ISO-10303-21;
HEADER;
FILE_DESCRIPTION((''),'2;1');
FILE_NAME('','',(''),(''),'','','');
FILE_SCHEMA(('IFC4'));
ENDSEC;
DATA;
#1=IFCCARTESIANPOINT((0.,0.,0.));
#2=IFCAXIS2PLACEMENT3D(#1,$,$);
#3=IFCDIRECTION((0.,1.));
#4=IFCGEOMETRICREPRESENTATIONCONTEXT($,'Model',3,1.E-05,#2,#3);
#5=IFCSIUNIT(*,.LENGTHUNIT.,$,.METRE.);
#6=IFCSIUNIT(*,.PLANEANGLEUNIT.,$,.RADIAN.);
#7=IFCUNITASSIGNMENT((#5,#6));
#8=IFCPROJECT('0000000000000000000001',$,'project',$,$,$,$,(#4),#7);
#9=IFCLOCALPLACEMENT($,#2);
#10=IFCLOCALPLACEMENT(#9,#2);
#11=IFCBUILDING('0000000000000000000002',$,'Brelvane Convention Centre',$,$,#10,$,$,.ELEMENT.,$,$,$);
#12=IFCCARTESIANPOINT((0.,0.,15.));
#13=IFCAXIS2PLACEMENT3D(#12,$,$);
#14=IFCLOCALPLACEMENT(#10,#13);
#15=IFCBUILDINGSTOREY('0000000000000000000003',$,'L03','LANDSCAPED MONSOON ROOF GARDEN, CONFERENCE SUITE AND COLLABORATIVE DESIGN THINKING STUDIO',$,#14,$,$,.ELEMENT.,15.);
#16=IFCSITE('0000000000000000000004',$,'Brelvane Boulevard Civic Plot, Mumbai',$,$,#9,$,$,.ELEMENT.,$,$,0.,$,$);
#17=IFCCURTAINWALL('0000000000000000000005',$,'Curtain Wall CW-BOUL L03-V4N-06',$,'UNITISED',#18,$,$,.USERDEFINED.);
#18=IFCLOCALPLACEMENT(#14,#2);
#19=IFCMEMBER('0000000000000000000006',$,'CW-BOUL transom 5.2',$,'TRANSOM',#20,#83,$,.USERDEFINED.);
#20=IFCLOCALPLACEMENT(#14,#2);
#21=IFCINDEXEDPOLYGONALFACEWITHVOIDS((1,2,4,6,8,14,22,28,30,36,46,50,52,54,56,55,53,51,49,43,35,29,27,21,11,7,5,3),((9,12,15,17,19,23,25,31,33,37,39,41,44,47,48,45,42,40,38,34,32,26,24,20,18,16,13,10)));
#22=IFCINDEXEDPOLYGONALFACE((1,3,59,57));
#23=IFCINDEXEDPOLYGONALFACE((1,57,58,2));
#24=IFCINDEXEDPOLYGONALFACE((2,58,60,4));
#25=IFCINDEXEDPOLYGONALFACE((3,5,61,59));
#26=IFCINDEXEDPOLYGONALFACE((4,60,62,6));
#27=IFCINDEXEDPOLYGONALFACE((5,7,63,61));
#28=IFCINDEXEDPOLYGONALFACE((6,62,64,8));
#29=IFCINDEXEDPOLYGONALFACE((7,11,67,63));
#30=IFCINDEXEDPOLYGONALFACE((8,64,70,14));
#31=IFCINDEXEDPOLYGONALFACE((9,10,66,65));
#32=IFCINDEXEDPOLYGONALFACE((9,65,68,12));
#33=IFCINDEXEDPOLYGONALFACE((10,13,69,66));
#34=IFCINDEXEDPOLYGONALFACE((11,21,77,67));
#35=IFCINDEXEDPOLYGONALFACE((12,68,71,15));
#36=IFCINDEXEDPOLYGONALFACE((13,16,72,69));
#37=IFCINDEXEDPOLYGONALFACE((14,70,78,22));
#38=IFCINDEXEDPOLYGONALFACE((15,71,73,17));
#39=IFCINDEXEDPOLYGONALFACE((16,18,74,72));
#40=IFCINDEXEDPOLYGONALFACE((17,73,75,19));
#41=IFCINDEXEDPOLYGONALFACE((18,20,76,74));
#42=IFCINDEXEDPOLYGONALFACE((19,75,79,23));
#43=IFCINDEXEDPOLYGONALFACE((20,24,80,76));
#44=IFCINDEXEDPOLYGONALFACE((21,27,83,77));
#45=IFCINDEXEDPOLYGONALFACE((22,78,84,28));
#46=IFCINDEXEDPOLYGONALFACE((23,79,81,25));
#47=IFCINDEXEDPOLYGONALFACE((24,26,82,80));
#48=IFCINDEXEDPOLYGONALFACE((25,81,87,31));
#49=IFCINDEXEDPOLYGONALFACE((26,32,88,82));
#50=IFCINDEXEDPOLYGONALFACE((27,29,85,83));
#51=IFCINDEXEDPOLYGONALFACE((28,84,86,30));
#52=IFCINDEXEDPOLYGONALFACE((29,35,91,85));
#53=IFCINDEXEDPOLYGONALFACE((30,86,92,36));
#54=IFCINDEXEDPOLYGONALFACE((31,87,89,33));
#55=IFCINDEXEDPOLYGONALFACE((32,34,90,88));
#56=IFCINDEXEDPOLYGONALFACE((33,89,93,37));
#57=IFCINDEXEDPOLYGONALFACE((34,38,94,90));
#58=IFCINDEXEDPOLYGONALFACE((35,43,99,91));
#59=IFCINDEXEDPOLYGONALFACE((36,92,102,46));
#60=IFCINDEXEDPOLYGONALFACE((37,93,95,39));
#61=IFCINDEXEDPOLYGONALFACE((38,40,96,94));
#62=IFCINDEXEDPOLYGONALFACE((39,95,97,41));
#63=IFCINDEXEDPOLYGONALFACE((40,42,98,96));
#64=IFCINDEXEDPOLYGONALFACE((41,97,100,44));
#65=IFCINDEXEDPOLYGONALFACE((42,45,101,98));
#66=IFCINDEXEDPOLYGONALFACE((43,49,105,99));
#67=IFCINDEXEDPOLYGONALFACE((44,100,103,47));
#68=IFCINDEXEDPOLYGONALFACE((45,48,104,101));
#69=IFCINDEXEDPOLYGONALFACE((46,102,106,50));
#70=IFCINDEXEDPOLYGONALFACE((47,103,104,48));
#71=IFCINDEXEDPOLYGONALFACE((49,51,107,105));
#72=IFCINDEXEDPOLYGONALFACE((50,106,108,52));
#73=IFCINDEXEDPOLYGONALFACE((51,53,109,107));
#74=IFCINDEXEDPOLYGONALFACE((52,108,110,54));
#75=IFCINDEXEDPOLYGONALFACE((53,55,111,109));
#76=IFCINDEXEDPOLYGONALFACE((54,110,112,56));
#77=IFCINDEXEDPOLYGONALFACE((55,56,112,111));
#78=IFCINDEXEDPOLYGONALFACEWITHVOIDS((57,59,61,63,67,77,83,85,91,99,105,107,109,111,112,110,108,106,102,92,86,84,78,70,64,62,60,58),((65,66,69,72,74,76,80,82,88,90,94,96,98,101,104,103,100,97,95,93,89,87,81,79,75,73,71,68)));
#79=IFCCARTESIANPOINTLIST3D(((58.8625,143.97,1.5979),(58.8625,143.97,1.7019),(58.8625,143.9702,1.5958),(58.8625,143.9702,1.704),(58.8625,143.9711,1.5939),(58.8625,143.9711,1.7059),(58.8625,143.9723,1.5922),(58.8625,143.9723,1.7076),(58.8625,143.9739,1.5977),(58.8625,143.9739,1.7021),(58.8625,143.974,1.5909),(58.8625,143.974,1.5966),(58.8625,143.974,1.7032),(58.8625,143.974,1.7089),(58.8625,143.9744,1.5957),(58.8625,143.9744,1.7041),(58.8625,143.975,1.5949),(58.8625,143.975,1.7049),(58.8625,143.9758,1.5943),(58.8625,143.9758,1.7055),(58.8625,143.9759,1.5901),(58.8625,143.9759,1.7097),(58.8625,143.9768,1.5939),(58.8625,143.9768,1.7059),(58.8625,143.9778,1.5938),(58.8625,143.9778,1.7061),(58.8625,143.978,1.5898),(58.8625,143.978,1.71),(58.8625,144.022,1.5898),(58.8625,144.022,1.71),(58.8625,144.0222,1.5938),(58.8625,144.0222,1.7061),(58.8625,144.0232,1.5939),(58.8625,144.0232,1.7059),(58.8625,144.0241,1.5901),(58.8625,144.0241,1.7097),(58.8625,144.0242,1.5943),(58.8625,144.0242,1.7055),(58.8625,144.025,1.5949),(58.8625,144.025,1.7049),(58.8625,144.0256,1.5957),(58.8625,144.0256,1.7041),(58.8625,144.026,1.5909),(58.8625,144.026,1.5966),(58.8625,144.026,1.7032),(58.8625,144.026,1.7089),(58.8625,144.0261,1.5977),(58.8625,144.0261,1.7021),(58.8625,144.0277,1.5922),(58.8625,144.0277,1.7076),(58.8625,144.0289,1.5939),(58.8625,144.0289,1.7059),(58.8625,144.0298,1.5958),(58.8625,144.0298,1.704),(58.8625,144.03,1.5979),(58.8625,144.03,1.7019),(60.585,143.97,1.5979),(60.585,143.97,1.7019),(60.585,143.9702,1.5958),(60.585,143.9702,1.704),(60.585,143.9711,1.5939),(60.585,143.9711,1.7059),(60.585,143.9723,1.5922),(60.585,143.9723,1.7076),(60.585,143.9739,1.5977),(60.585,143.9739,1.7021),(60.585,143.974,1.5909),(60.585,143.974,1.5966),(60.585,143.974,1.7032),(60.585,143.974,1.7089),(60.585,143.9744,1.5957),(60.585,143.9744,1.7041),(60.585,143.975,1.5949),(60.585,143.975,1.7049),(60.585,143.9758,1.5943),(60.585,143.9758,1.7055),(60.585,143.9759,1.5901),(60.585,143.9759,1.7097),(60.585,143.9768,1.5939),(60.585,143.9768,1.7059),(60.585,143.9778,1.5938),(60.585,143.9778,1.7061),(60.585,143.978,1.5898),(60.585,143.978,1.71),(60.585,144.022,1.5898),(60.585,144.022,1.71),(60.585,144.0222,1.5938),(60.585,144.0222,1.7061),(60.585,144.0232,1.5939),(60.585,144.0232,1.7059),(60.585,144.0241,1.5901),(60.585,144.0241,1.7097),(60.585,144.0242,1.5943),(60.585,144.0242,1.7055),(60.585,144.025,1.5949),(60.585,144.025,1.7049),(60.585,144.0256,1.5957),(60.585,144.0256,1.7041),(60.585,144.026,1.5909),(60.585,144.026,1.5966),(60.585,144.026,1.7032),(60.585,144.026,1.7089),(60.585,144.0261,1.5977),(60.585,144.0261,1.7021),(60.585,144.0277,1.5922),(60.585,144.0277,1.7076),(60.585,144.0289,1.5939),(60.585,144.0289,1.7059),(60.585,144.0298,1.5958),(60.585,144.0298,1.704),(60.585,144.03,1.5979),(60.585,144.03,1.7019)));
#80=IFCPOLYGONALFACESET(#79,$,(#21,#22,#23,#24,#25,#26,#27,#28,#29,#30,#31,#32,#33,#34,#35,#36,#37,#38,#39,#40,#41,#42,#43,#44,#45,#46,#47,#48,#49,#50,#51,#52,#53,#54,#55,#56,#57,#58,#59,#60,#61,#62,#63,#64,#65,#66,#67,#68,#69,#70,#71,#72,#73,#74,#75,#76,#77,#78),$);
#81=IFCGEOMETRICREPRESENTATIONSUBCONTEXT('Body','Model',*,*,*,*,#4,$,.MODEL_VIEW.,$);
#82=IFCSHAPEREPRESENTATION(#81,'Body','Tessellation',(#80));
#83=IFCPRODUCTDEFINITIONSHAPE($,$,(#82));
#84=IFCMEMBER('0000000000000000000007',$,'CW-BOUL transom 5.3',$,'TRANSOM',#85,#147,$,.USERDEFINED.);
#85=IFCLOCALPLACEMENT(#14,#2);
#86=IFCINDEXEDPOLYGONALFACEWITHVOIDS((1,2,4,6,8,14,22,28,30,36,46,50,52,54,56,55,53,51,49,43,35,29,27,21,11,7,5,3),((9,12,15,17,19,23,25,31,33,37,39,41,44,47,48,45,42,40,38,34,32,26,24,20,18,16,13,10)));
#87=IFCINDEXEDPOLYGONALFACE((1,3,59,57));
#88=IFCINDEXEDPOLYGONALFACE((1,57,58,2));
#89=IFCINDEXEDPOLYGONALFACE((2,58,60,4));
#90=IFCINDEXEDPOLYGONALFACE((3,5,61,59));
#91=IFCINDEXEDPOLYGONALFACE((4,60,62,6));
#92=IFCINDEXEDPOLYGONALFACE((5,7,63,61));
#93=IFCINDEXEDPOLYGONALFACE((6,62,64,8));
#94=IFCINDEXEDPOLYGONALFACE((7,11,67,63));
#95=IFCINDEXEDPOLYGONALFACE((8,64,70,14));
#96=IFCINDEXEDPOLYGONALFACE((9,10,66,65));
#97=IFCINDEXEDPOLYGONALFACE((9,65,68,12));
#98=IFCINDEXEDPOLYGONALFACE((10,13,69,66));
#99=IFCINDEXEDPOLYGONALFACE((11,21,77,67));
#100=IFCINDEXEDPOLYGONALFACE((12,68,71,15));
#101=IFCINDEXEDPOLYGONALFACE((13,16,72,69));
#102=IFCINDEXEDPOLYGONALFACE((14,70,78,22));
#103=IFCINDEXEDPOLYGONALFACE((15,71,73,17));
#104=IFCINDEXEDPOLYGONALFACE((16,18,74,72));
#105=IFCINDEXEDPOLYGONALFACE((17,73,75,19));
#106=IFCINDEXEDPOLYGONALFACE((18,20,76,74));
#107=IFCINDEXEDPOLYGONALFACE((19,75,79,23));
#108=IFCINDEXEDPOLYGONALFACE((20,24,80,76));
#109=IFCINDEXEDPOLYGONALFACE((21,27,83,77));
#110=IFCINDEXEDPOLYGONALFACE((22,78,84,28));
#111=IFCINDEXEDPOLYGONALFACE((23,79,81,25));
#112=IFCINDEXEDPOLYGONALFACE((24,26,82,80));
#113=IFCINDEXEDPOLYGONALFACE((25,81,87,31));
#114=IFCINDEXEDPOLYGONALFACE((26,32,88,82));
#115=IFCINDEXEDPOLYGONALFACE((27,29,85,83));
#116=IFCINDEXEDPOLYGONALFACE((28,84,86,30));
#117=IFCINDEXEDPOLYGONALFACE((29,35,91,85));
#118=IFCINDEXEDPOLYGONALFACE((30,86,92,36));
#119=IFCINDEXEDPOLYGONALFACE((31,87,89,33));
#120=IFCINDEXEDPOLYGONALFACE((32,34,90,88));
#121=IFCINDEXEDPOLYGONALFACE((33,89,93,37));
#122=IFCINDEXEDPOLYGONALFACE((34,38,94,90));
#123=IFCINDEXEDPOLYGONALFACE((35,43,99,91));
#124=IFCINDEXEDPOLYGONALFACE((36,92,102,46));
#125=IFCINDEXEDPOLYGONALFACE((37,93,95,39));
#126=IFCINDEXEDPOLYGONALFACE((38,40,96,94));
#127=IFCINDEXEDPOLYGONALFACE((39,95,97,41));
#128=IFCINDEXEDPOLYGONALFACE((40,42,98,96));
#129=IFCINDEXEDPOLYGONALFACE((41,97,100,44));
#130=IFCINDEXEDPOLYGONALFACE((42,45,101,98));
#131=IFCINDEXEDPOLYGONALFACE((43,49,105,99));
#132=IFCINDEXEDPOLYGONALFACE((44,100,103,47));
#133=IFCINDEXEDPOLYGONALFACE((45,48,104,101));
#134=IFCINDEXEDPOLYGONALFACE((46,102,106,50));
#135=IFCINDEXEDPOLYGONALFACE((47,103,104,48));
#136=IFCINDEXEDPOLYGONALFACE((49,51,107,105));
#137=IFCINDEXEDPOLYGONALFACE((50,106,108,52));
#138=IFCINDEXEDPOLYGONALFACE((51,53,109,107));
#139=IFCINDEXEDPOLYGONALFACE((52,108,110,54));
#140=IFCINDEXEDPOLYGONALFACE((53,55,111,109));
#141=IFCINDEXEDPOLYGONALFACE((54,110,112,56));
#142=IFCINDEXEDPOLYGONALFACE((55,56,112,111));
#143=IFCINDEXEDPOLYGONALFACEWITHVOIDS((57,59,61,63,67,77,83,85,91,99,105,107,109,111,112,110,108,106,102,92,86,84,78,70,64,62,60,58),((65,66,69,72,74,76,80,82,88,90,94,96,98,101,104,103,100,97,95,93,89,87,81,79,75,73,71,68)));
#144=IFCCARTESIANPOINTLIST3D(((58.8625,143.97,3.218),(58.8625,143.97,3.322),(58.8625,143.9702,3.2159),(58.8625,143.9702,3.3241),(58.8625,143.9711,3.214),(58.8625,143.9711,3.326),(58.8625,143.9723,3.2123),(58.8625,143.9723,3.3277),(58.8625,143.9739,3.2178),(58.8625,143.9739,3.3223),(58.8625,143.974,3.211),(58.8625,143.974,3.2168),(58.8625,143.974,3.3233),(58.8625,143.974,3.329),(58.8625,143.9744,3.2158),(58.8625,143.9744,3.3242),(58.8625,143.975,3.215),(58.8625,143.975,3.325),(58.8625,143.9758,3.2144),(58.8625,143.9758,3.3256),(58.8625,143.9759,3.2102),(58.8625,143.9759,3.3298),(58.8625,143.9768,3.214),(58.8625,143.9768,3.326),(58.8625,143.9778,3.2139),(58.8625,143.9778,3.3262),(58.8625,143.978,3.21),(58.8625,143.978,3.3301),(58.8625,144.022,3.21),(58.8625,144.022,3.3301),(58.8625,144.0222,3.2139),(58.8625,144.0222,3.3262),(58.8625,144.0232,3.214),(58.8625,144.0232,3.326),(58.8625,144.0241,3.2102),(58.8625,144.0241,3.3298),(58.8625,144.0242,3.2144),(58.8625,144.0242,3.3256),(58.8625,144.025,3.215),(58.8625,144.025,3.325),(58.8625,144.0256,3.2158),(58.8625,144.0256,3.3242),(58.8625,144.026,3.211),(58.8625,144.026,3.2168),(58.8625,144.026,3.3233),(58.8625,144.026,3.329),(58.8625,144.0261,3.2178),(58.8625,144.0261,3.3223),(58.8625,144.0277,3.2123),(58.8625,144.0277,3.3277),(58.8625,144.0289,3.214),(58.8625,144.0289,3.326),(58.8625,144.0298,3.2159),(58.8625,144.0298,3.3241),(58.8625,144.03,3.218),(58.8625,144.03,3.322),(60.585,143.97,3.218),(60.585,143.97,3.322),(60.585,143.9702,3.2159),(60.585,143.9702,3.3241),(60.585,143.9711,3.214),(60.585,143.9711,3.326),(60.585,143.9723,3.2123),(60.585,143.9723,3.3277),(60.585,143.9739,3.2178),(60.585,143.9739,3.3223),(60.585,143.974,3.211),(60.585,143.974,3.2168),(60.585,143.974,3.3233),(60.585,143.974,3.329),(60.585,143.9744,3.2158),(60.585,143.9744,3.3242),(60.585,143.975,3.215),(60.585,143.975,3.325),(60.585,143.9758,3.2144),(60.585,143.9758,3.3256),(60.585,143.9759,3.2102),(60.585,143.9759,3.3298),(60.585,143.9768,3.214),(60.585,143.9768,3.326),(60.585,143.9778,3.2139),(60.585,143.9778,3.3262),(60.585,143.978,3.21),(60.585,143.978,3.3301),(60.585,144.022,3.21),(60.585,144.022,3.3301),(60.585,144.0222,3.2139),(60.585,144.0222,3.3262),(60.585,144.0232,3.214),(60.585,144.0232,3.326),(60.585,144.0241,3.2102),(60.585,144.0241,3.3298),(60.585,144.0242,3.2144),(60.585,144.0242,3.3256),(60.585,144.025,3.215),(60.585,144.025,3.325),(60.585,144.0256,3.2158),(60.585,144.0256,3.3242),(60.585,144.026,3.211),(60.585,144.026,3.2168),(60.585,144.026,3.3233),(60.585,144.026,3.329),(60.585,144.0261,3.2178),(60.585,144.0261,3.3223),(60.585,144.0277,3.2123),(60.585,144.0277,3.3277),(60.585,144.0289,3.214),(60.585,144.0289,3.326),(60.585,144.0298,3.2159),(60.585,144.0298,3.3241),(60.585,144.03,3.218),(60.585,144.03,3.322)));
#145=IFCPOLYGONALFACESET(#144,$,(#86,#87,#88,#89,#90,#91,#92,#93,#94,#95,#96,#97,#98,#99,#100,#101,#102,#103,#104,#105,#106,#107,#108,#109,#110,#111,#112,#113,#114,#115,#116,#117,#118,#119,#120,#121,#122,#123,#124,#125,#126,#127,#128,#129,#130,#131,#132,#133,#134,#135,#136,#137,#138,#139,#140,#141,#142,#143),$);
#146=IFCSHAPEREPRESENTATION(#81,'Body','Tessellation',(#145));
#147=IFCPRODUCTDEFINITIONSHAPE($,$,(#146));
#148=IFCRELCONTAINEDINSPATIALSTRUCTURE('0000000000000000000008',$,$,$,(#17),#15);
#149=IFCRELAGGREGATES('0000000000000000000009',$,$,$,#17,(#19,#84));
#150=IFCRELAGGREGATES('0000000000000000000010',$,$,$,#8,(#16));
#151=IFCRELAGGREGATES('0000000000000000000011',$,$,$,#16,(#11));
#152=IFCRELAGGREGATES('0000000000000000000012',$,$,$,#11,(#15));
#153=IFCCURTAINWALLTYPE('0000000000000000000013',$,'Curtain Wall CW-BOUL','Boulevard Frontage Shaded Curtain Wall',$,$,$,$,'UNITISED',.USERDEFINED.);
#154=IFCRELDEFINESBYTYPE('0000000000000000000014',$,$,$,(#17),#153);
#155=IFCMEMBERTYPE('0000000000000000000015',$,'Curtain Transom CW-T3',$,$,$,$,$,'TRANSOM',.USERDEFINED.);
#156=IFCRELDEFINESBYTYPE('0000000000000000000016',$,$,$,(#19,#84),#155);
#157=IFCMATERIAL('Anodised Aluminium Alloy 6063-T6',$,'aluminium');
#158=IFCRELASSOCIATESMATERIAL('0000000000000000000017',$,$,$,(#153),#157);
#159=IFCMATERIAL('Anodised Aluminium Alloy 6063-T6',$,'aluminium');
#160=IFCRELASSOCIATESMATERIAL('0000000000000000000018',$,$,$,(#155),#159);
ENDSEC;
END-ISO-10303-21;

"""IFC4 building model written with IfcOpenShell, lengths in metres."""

from ifc_helpers import new_model, si_unit, direction, frame, origin, origin_2d, place, context, subcontext, project, spatial, hollow_rectangle, extrude, material, material_profile, profile_set, type_object, element, aggregate, save


model = new_model("IFC4")

# Units and contexts
model_context = context("Model", 3, precision=1e-05, world=origin(), true_north=direction((0.0, 1.0)))
body_context = subcontext(model_context, "Body", "Model", "MODEL_VIEW")
ifc_project = project(units=[si_unit("LENGTHUNIT", "METRE"), si_unit("PLANEANGLEUNIT", "RADIAN")], contexts=[model_context])

# Site, building, storey
site_placement = place(None, origin())
site = spatial("IfcSite", under=ifc_project, at=site_placement, Name="Brelvane Boulevard Civic Plot, Mumbai", CompositionType="ELEMENT", RefElevation=0.0)
building_placement = place(site_placement, origin())
building = spatial("IfcBuilding", under=site, at=building_placement, Name="Brelvane Convention Centre", CompositionType="ELEMENT")
storey_placement = place(building_placement, frame((0.0, 0.0, 15.0)))
storey = spatial("IfcBuildingStorey", under=building, at=storey_placement, Name="L03", Description="LANDSCAPED MONSOON ROOF GARDEN, CONFERENCE SUITE AND COLLABORATIVE DESIGN THINKING STUDIO", CompositionType="ELEMENT", Elevation=15.0)

# Curtain wall
ifc_material_1 = material(Name="Anodised Aluminium Alloy 6063-T6", Category="aluminium")
curtain_wall_type = type_object("IfcCurtainWallType", Name="Curtain Wall CW-BOUL", Description="Boulevard Frontage Shaded Curtain Wall", ElementType="UNITISED", PredefinedType="USERDEFINED", material=ifc_material_1)
curtain_wall_1_placement = place(storey_placement, origin())
curtain_wall_1 = element("IfcCurtainWall", 1, at=curtain_wall_1_placement, inside=storey, type_object=curtain_wall_type, Name="Curtain Wall CW-BOUL L03-V4N-06", ObjectType="UNITISED", PredefinedType="USERDEFINED")

# Members
ifc_material_2 = material(Name="Anodised Aluminium Alloy 6063-T6", Category="aluminium")
ifc_material_profile_1 = material_profile(ifc_material_2, hollow_rectangle(XDim=0.0601, YDim=0.1201, WallThickness=0.0039, InnerFilletRadius=0.0039, OuterFilletRadius=0.0081, at=origin_2d()), Name="ALU-T 120x60x4.0")
ifc_profile_set_1 = profile_set([ifc_material_profile_1], Name="Anodised Aluminium Alloy 6063-T6")
member_type_1 = type_object("IfcMemberType", Name="Curtain Transom CW-T3", ElementType="TRANSOM", PredefinedType="USERDEFINED", material=ifc_profile_set_1)
member_1_placement = place(storey_placement, frame((58.8625, 144.0, 1.6499), z_axis=(1.0, 0.0, 0.0), x_axis=(0.0, 1.0, 0.0)))
member_1 = element("IfcMember", 2, at=member_1_placement, type_object=member_type_1, Name="CW-BOUL transom 5.2", ObjectType="TRANSOM", PredefinedType="USERDEFINED", context=body_context, shape_type="SweptSolid", body=[
    extrude(hollow_rectangle(XDim=0.0601, YDim=0.1201, WallThickness=0.0039, InnerFilletRadius=0.0039, OuterFilletRadius=0.0081, at=origin_2d()), origin(), (0.0, 0.0, 1.0), 1.7224),
])
member_2_placement = place(storey_placement, frame((58.8625, 144.0, 3.27), z_axis=(1.0, 0.0, 0.0), x_axis=(0.0, 1.0, 0.0)))
member_2 = element("IfcMember", 3, at=member_2_placement, type_object=member_type_1, Name="CW-BOUL transom 5.3", ObjectType="TRANSOM", PredefinedType="USERDEFINED", context=body_context, shape_type="SweptSolid", body=[
    extrude(hollow_rectangle(XDim=0.0601, YDim=0.1201, WallThickness=0.0039, InnerFilletRadius=0.0039, OuterFilletRadius=0.0081, at=origin_2d()), origin(), (0.0, 0.0, 1.0), 1.7224),
])

aggregate(curtain_wall_1, [member_1, member_2])

save(model, "model.ifc")
